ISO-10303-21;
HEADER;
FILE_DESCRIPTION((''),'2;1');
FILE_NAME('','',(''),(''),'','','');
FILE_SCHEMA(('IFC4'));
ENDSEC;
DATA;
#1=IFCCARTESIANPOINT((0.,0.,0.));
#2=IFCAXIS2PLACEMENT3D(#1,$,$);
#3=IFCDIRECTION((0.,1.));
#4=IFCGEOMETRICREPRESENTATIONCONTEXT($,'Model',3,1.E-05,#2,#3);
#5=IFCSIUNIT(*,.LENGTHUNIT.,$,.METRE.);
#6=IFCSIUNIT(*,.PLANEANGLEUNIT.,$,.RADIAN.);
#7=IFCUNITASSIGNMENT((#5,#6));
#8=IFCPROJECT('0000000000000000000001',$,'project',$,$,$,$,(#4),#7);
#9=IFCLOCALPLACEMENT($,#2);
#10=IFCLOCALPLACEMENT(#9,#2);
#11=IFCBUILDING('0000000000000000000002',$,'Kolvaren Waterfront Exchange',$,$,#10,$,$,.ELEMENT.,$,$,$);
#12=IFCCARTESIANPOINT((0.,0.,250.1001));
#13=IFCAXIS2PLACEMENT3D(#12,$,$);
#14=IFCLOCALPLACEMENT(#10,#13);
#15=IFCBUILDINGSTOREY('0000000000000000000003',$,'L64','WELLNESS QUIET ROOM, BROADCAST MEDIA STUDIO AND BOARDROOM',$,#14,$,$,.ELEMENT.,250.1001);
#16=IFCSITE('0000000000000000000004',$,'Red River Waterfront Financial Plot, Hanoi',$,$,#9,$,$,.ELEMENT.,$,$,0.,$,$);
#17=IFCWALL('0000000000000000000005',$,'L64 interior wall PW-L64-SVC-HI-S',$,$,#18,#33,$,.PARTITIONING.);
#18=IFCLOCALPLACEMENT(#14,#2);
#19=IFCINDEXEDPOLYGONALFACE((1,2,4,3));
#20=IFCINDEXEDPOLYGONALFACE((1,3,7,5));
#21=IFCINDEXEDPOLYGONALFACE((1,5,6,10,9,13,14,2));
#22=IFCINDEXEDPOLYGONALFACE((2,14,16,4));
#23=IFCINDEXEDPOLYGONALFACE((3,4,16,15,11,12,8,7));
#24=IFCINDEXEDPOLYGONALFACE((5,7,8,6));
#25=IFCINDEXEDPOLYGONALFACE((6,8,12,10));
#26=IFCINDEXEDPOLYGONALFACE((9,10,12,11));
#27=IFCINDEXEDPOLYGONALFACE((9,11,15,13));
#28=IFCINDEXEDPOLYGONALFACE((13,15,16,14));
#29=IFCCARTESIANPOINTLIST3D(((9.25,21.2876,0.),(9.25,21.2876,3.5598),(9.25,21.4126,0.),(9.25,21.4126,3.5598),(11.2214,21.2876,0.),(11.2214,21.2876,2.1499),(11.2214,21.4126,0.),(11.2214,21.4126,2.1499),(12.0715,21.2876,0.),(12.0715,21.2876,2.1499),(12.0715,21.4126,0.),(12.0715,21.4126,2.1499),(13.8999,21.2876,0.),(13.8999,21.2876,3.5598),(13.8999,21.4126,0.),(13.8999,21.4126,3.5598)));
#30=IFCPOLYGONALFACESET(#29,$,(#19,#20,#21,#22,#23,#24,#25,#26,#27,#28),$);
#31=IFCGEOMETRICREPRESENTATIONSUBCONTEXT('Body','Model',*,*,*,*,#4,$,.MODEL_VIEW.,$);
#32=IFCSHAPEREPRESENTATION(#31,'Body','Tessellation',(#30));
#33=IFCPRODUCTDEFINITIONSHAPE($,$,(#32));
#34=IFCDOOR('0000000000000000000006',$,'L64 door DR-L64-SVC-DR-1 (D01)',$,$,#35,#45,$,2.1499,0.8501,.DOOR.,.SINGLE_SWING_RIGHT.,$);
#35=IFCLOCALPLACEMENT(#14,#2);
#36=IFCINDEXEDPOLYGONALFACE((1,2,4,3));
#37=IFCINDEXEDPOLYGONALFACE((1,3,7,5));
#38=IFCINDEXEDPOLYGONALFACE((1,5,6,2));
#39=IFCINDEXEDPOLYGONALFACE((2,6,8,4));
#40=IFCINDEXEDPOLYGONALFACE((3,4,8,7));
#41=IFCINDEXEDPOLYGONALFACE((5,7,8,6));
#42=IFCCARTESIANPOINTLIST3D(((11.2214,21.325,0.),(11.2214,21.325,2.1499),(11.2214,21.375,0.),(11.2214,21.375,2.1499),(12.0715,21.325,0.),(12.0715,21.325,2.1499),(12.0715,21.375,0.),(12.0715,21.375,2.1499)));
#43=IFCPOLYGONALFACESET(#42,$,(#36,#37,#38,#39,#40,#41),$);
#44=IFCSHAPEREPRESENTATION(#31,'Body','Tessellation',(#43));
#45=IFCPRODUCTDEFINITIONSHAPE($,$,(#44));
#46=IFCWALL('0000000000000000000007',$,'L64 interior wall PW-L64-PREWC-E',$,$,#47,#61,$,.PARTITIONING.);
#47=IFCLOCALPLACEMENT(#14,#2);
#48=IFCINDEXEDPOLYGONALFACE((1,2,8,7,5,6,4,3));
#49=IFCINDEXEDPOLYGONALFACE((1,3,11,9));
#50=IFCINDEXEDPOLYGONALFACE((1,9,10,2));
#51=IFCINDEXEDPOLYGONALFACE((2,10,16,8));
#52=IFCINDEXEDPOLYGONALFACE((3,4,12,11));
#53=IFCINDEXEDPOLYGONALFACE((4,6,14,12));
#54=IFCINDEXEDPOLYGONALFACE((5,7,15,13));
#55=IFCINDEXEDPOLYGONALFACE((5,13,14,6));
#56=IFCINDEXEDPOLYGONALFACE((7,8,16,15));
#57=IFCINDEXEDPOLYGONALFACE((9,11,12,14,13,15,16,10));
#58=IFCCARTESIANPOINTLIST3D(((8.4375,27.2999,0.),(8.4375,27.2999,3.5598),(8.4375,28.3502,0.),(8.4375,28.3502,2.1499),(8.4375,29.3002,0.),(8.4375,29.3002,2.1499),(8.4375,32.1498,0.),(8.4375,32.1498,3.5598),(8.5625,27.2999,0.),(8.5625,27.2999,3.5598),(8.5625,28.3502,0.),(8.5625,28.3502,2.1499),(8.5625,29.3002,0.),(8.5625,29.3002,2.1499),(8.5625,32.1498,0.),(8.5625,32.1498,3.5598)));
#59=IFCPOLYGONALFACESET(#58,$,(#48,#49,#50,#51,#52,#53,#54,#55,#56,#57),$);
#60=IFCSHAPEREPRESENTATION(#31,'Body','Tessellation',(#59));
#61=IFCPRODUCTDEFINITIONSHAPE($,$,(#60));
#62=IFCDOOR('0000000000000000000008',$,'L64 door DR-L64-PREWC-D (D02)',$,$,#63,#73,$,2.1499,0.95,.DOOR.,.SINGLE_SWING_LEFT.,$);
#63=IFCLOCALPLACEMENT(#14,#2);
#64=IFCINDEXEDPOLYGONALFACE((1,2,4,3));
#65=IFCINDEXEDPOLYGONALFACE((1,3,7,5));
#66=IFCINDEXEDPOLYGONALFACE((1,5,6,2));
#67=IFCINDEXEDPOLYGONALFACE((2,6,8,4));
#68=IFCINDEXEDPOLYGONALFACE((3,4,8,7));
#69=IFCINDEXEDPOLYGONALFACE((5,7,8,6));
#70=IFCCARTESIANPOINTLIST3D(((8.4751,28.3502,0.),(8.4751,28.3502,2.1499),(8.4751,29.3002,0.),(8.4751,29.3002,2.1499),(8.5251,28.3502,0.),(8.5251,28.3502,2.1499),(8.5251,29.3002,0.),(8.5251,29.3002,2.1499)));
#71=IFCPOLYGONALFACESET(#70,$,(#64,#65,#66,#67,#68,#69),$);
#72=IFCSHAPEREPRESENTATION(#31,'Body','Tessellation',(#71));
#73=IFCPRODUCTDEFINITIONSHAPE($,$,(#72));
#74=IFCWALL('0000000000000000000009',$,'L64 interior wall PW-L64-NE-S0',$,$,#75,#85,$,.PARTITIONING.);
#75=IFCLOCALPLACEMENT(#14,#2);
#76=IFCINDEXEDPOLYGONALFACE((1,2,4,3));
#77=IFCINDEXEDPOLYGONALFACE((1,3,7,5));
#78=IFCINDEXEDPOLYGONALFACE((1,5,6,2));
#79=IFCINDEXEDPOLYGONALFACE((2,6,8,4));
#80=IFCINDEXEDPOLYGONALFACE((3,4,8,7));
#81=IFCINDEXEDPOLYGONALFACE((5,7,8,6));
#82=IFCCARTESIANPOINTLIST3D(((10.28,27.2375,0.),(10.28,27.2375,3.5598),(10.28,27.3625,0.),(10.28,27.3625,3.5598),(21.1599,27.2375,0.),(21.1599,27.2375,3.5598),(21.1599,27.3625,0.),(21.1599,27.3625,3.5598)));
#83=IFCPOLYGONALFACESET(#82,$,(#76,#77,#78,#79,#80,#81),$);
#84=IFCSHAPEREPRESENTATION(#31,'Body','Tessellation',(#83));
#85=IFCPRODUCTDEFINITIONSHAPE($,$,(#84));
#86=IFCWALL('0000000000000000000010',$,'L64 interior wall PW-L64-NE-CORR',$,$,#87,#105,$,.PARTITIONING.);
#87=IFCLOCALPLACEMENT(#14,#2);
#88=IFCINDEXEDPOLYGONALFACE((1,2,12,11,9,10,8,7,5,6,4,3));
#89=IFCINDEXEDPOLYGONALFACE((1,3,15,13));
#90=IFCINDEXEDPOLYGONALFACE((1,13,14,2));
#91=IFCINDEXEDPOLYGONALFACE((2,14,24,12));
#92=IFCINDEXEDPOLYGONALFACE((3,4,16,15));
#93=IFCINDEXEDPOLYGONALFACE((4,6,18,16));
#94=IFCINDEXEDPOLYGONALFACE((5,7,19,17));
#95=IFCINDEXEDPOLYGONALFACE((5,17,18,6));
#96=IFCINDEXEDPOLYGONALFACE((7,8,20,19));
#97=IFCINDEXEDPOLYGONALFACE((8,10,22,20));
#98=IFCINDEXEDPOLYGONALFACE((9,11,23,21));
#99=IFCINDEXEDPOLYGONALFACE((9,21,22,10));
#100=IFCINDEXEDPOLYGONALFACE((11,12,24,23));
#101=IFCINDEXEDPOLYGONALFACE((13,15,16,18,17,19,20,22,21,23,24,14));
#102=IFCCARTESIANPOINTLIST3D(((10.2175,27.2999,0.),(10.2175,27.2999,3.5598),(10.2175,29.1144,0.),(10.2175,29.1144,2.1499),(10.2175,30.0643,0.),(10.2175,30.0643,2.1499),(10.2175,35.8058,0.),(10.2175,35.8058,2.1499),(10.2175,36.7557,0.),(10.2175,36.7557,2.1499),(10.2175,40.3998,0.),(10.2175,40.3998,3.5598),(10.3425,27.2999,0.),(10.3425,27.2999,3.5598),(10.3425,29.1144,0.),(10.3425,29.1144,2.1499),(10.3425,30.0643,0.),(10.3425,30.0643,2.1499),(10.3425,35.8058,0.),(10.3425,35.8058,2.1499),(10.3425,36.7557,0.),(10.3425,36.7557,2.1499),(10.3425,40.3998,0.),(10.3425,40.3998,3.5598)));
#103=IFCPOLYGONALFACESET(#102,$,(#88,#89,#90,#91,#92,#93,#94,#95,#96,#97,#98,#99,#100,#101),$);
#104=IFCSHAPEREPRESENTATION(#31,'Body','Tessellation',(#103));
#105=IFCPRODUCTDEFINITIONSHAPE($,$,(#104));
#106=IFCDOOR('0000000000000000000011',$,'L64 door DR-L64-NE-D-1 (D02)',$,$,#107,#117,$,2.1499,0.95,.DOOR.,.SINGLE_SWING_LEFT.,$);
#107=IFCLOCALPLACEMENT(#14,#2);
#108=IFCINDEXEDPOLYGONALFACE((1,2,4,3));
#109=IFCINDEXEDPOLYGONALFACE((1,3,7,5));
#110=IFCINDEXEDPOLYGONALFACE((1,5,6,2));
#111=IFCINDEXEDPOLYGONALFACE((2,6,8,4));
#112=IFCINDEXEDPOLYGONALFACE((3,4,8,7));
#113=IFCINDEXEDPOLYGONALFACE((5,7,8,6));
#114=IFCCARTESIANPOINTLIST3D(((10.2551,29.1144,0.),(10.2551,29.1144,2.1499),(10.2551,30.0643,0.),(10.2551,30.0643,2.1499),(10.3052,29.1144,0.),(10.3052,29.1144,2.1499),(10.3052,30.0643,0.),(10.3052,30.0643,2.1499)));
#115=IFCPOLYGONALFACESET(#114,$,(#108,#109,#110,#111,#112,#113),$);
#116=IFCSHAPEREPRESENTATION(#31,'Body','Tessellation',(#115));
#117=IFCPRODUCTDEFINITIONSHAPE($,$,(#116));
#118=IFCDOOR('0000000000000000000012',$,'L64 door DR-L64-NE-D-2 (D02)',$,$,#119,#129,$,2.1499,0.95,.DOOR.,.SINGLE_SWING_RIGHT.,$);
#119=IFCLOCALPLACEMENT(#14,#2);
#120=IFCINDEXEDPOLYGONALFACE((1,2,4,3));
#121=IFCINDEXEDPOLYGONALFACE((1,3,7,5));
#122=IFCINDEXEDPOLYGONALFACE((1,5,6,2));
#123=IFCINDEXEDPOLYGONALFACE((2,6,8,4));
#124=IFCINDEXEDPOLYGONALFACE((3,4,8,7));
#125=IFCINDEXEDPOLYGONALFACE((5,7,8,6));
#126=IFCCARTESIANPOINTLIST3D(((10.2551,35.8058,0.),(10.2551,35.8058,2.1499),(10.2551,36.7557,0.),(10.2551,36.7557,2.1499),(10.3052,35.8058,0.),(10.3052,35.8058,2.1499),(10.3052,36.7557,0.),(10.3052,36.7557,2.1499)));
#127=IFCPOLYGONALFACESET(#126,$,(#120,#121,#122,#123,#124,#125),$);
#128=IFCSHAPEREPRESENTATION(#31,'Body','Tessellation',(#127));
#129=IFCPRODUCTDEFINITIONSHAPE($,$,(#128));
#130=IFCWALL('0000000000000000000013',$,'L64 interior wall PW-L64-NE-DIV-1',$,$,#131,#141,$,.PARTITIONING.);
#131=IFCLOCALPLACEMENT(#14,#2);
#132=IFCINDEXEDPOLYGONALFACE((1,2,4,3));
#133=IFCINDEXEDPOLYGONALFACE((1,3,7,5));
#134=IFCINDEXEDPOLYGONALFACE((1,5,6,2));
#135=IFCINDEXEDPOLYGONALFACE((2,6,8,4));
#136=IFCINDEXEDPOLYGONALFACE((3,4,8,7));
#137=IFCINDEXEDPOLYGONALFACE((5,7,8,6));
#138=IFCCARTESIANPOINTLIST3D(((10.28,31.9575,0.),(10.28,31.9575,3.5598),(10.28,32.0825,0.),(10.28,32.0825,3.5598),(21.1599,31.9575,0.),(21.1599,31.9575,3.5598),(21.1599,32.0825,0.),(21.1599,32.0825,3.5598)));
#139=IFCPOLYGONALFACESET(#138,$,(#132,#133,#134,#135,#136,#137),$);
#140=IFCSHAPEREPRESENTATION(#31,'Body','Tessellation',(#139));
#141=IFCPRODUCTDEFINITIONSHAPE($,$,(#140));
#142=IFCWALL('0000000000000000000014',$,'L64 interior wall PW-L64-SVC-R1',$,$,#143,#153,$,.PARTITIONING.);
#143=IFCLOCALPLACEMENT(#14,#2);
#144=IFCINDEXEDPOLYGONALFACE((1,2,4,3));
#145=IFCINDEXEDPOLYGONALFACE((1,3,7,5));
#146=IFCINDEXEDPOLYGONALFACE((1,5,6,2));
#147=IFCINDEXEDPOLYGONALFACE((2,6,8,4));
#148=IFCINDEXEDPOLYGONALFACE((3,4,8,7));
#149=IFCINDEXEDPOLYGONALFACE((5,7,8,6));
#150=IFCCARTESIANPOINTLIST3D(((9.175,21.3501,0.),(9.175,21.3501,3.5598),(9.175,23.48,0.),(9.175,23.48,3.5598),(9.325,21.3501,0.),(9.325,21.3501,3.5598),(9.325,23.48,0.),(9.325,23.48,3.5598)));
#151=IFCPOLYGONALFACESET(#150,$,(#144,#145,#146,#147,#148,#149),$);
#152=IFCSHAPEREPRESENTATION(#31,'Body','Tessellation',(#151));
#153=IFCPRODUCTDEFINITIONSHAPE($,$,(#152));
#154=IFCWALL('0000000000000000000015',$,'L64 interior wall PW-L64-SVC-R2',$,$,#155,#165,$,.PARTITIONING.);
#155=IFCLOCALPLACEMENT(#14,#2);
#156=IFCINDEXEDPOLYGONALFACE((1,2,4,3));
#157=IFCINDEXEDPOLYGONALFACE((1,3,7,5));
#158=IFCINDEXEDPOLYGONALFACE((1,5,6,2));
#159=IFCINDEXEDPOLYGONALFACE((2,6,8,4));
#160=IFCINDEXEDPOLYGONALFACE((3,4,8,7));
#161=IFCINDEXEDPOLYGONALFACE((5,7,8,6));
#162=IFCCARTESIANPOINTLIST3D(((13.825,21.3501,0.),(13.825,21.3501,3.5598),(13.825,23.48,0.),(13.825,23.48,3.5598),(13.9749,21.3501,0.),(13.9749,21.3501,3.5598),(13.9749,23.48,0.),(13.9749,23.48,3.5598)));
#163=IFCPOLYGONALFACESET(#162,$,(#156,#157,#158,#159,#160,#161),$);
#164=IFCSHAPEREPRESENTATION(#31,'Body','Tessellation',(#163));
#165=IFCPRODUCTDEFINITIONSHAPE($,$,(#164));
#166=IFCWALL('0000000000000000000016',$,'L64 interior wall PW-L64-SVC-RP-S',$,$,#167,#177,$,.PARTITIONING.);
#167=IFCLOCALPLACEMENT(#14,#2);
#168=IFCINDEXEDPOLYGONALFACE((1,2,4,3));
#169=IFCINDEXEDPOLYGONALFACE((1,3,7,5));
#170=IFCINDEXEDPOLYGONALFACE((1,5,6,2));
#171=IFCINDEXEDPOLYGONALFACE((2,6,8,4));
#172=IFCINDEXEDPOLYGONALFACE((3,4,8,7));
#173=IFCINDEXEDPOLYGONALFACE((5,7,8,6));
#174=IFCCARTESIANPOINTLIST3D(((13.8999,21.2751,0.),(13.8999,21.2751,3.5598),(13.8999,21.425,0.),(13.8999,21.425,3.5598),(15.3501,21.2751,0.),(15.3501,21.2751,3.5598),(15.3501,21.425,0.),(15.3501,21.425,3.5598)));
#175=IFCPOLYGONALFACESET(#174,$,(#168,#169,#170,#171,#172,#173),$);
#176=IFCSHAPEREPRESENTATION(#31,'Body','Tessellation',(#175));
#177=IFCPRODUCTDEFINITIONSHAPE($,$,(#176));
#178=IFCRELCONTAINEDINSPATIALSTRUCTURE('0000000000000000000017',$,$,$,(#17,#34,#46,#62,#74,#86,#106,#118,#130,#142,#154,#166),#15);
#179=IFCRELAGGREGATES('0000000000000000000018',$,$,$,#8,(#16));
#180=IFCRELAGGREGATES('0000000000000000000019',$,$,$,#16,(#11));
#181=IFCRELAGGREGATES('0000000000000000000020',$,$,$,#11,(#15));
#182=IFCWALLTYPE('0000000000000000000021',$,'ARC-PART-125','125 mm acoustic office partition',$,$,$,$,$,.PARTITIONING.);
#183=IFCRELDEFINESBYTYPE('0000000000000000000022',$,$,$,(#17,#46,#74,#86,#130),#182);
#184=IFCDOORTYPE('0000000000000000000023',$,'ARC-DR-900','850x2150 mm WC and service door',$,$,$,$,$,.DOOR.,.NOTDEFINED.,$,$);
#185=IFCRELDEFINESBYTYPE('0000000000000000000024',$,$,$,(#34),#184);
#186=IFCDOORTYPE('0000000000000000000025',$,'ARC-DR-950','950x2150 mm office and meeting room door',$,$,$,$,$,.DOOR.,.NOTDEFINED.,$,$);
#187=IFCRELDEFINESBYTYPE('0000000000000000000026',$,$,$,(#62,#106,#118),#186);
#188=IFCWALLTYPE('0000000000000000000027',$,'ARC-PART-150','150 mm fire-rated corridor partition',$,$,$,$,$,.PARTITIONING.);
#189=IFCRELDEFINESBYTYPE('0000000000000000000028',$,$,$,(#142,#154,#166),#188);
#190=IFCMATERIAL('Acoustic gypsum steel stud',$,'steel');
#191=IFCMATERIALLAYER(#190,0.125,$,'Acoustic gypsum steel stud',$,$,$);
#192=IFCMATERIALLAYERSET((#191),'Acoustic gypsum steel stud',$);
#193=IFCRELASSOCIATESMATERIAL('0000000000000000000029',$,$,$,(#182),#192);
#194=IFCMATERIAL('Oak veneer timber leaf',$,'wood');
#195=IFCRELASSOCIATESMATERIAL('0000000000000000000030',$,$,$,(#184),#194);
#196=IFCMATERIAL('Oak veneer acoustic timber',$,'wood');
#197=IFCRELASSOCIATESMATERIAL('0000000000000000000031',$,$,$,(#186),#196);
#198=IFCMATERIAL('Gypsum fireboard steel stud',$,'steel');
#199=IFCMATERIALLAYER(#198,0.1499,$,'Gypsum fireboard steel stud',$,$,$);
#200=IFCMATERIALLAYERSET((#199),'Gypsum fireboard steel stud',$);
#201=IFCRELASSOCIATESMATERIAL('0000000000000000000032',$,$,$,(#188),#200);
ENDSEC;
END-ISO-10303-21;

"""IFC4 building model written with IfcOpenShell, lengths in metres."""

from ifc_helpers import new_model, si_unit, direction, frame, frame_2d, origin, place, context, subcontext, project, spatial, rectangle, extrude, material, layer, layer_set, type_object, element, fill, save


model = new_model("IFC4")

# Units and contexts
model_context = context("Model", 3, precision=1e-05, world=origin(), true_north=direction((0.0, 1.0)))
body_context = subcontext(model_context, "Body", "Model", "MODEL_VIEW")
ifc_project = project(units=[si_unit("LENGTHUNIT", "METRE"), si_unit("PLANEANGLEUNIT", "RADIAN")], contexts=[model_context])

# Site, building, storey
site_placement = place(None, origin())
site = spatial("IfcSite", under=ifc_project, at=site_placement, Name="Red River Waterfront Financial Plot, Hanoi", CompositionType="ELEMENT", RefElevation=0.0)
building_placement = place(site_placement, origin())
building = spatial("IfcBuilding", under=site, at=building_placement, Name="Kolvaren Waterfront Exchange", CompositionType="ELEMENT")
storey_placement = place(building_placement, frame((0.0, 0.0, 250.1001)))
storey = spatial("IfcBuildingStorey", under=building, at=storey_placement, Name="L64", Description="WELLNESS QUIET ROOM, BROADCAST MEDIA STUDIO AND BOARDROOM", CompositionType="ELEMENT", Elevation=250.1001)

# Walls, openings, doors
ifc_material_1 = material(Name="Acoustic gypsum steel stud", Category="steel")
ifc_layer_1 = layer(ifc_material_1, 0.125, Name="Acoustic gypsum steel stud")
ifc_layer_set_1 = layer_set([ifc_layer_1], Name="Acoustic gypsum steel stud")
wall_type_1 = type_object("IfcWallType", Name="ARC-PART-125", Description="125 mm acoustic office partition", PredefinedType="PARTITIONING", material=ifc_layer_set_1)
wall_1_placement = place(storey_placement, frame((9.25, 21.3501, 0.0), z_axis=(0.0, 0.0, 1.0), x_axis=(1.0, 0.0, 0.0)))
wall_1 = element("IfcWall", 1, at=wall_1_placement, inside=storey, type_object=wall_type_1, Name="L64 interior wall PW-L64-SVC-HI-S", PredefinedType="PARTITIONING", context=body_context, shape_type="SweptSolid", body=[
    extrude(rectangle(XDim=4.6499, YDim=0.125, at=frame_2d((2.325, 0.0))), origin(), (0.0, 0.0, 1.0), 3.5598),
])
opening_1_placement = place(wall_1_placement, frame((1.9714, 0.0, 0.0)))
opening_1 = element("IfcOpeningElement", 2, at=opening_1_placement, cuts=wall_1, PredefinedType="OPENING", context=body_context, shape_type="SweptSolid", body=[
    extrude(rectangle(XDim=0.8501, YDim=2.1499, at=frame_2d((0.425, 1.075))), frame((0.0, 0.0725, 0.0), z_axis=(0.0, -1.0, 0.0), x_axis=(1.0, 0.0, 0.0)), (0.0, 0.0, 1.0), 0.145),
])
ifc_material_2 = material(Name="Oak veneer timber leaf", Category="wood")
door_type_1 = type_object("IfcDoorType", Name="ARC-DR-900", Description="850x2150 mm WC and service door", OperationType="NOTDEFINED", PredefinedType="DOOR", material=ifc_material_2)
door_1_placement = place(opening_1_placement, origin())
door_1 = element("IfcDoor", 3, at=door_1_placement, inside=storey, type_object=door_type_1, Name="L64 door DR-L64-SVC-DR-1 (D01)", OperationType="SINGLE_SWING_RIGHT", OverallHeight=2.1499, OverallWidth=0.8501, PredefinedType="DOOR", context=body_context, shape_type="SweptSolid", body=[
    extrude(rectangle(XDim=0.8501, YDim=2.1499, at=frame_2d((0.425, 1.075))), frame((0.0, 0.0249, 0.0), z_axis=(0.0, -1.0, 0.0), x_axis=(1.0, 0.0, 0.0)), (0.0, 0.0, 1.0), 0.05),
])
fill(opening_1, door_1)
wall_2_placement = place(storey_placement, frame((8.5, 27.3, 0.0), z_axis=(0.0, 0.0, 1.0), x_axis=(0.0, 1.0, 0.0)))
wall_2 = element("IfcWall", 4, at=wall_2_placement, inside=storey, type_object=wall_type_1, Name="L64 interior wall PW-L64-PREWC-E", PredefinedType="PARTITIONING", context=body_context, shape_type="SweptSolid", body=[
    extrude(rectangle(XDim=4.8499, YDim=0.125, at=frame_2d((2.4248, 0.0))), origin(), (0.0, 0.0, 1.0), 3.5598),
])
opening_2_placement = place(wall_2_placement, frame((1.05, 0.0, 0.0)))
opening_2 = element("IfcOpeningElement", 5, at=opening_2_placement, cuts=wall_2, PredefinedType="OPENING", context=body_context, shape_type="SweptSolid", body=[
    extrude(rectangle(XDim=0.95, YDim=2.1499, at=frame_2d((0.4751, 1.075))), frame((0.0, 0.0725, 0.0), z_axis=(0.0, -1.0, 0.0), x_axis=(1.0, 0.0, 0.0)), (0.0, 0.0, 1.0), 0.145),
])
ifc_material_3 = material(Name="Oak veneer acoustic timber", Category="wood")
door_type_2 = type_object("IfcDoorType", Name="ARC-DR-950", Description="950x2150 mm office and meeting room door", OperationType="NOTDEFINED", PredefinedType="DOOR", material=ifc_material_3)
door_2_placement = place(opening_2_placement, origin())
door_2 = element("IfcDoor", 6, at=door_2_placement, inside=storey, type_object=door_type_2, Name="L64 door DR-L64-PREWC-D (D02)", OperationType="SINGLE_SWING_LEFT", OverallHeight=2.1499, OverallWidth=0.95, PredefinedType="DOOR", context=body_context, shape_type="SweptSolid", body=[
    extrude(rectangle(XDim=0.95, YDim=2.1499, at=frame_2d((0.4751, 1.075))), frame((0.0, 0.0249, 0.0), z_axis=(0.0, -1.0, 0.0), x_axis=(1.0, 0.0, 0.0)), (0.0, 0.0, 1.0), 0.05),
])
fill(opening_2, door_2)

# Wall
wall_3_placement = place(storey_placement, frame((10.28, 27.3, 0.0), z_axis=(0.0, 0.0, 1.0), x_axis=(1.0, 0.0, 0.0)))
element("IfcWall", 7, at=wall_3_placement, inside=storey, type_object=wall_type_1, Name="L64 interior wall PW-L64-NE-S0", PredefinedType="PARTITIONING", context=body_context, shape_type="SweptSolid", body=[
    extrude(rectangle(XDim=10.8799, YDim=0.125, at=frame_2d((5.4399, 0.0))), origin(), (0.0, 0.0, 1.0), 3.5598),
])

# Wall, openings, doors
wall_4_placement = place(storey_placement, frame((10.28, 27.3, 0.0), z_axis=(0.0, 0.0, 1.0), x_axis=(0.0, 1.0, 0.0)))
wall_4 = element("IfcWall", 8, at=wall_4_placement, inside=storey, type_object=wall_type_1, Name="L64 interior wall PW-L64-NE-CORR", PredefinedType="PARTITIONING", context=body_context, shape_type="SweptSolid", body=[
    extrude(rectangle(XDim=13.0999, YDim=0.125, at=frame_2d((6.5498, 0.0))), origin(), (0.0, 0.0, 1.0), 3.5598),
])
opening_3_placement = place(wall_4_placement, frame((1.8142, 0.0, 0.0)))
opening_3 = element("IfcOpeningElement", 9, at=opening_3_placement, cuts=wall_4, PredefinedType="OPENING", context=body_context, shape_type="SweptSolid", body=[
    extrude(rectangle(XDim=0.95, YDim=2.1499, at=frame_2d((0.4751, 1.075))), frame((0.0, 0.0725, 0.0), z_axis=(0.0, -1.0, 0.0), x_axis=(1.0, 0.0, 0.0)), (0.0, 0.0, 1.0), 0.145),
])
opening_4_placement = place(wall_4_placement, frame((8.5056, 0.0, 0.0)))
opening_4 = element("IfcOpeningElement", 10, at=opening_4_placement, cuts=wall_4, PredefinedType="OPENING", context=body_context, shape_type="SweptSolid", body=[
    extrude(rectangle(XDim=0.95, YDim=2.1499, at=frame_2d((0.4751, 1.075))), frame((0.0, 0.0725, 0.0), z_axis=(0.0, -1.0, 0.0), x_axis=(1.0, 0.0, 0.0)), (0.0, 0.0, 1.0), 0.145),
])
door_3_placement = place(opening_3_placement, origin())
door_3 = element("IfcDoor", 11, at=door_3_placement, inside=storey, type_object=door_type_2, Name="L64 door DR-L64-NE-D-1 (D02)", OperationType="SINGLE_SWING_LEFT", OverallHeight=2.1499, OverallWidth=0.95, PredefinedType="DOOR", context=body_context, shape_type="SweptSolid", body=[
    extrude(rectangle(XDim=0.95, YDim=2.1499, at=frame_2d((0.4751, 1.075))), frame((0.0, 0.0249, 0.0), z_axis=(0.0, -1.0, 0.0), x_axis=(1.0, 0.0, 0.0)), (0.0, 0.0, 1.0), 0.05),
])
fill(opening_3, door_3)
door_4_placement = place(opening_4_placement, origin())
door_4 = element("IfcDoor", 12, at=door_4_placement, inside=storey, type_object=door_type_2, Name="L64 door DR-L64-NE-D-2 (D02)", OperationType="SINGLE_SWING_RIGHT", OverallHeight=2.1499, OverallWidth=0.95, PredefinedType="DOOR", context=body_context, shape_type="SweptSolid", body=[
    extrude(rectangle(XDim=0.95, YDim=2.1499, at=frame_2d((0.4751, 1.075))), frame((0.0, 0.0249, 0.0), z_axis=(0.0, -1.0, 0.0), x_axis=(1.0, 0.0, 0.0)), (0.0, 0.0, 1.0), 0.05),
])
fill(opening_4, door_4)

# Walls
wall_5_placement = place(storey_placement, frame((10.28, 32.02, 0.0), z_axis=(0.0, 0.0, 1.0), x_axis=(1.0, 0.0, 0.0)))
element("IfcWall", 13, at=wall_5_placement, inside=storey, type_object=wall_type_1, Name="L64 interior wall PW-L64-NE-DIV-1", PredefinedType="PARTITIONING", context=body_context, shape_type="SweptSolid", body=[
    extrude(rectangle(XDim=10.8799, YDim=0.125, at=frame_2d((5.4399, 0.0))), origin(), (0.0, 0.0, 1.0), 3.5598),
])
ifc_material_4 = material(Name="Gypsum fireboard steel stud", Category="steel")
ifc_layer_2 = layer(ifc_material_4, 0.1499, Name="Gypsum fireboard steel stud")
ifc_layer_set_2 = layer_set([ifc_layer_2], Name="Gypsum fireboard steel stud")
wall_type_2 = type_object("IfcWallType", Name="ARC-PART-150", Description="150 mm fire-rated corridor partition", PredefinedType="PARTITIONING", material=ifc_layer_set_2)
for number, where, z_axis, x_axis, name in (
    (14, (9.25, 21.3501, 0.0), (0.0, 0.0, 1.0), (0.0, 1.0, 0.0), "L64 interior wall PW-L64-SVC-R1"),
    (15, (13.8999, 21.3501, 0.0), (0.0, 0.0, 1.0), (0.0, 1.0, 0.0), "L64 interior wall PW-L64-SVC-R2"),
):
    element("IfcWall", number, at=place(storey_placement, frame(where, z_axis=z_axis, x_axis=x_axis)), inside=storey, type_object=wall_type_2, Name=name, PredefinedType="PARTITIONING", context=body_context, shape_type="SweptSolid", body=[
        extrude(rectangle(XDim=2.1299, YDim=0.1499, at=frame_2d((1.0649, 0.0))), origin(), (0.0, 0.0, 1.0), 3.5598),
    ])
wall_6_placement = place(storey_placement, frame((13.8999, 21.3501, 0.0), z_axis=(0.0, 0.0, 1.0), x_axis=(1.0, 0.0, 0.0)))
element("IfcWall", 16, at=wall_6_placement, inside=storey, type_object=wall_type_2, Name="L64 interior wall PW-L64-SVC-RP-S", PredefinedType="PARTITIONING", context=body_context, shape_type="SweptSolid", body=[
    extrude(rectangle(XDim=1.4502, YDim=0.1499, at=frame_2d((0.7251, 0.0))), origin(), (0.0, 0.0, 1.0), 3.5598),
])

save(model, "model.ifc")
